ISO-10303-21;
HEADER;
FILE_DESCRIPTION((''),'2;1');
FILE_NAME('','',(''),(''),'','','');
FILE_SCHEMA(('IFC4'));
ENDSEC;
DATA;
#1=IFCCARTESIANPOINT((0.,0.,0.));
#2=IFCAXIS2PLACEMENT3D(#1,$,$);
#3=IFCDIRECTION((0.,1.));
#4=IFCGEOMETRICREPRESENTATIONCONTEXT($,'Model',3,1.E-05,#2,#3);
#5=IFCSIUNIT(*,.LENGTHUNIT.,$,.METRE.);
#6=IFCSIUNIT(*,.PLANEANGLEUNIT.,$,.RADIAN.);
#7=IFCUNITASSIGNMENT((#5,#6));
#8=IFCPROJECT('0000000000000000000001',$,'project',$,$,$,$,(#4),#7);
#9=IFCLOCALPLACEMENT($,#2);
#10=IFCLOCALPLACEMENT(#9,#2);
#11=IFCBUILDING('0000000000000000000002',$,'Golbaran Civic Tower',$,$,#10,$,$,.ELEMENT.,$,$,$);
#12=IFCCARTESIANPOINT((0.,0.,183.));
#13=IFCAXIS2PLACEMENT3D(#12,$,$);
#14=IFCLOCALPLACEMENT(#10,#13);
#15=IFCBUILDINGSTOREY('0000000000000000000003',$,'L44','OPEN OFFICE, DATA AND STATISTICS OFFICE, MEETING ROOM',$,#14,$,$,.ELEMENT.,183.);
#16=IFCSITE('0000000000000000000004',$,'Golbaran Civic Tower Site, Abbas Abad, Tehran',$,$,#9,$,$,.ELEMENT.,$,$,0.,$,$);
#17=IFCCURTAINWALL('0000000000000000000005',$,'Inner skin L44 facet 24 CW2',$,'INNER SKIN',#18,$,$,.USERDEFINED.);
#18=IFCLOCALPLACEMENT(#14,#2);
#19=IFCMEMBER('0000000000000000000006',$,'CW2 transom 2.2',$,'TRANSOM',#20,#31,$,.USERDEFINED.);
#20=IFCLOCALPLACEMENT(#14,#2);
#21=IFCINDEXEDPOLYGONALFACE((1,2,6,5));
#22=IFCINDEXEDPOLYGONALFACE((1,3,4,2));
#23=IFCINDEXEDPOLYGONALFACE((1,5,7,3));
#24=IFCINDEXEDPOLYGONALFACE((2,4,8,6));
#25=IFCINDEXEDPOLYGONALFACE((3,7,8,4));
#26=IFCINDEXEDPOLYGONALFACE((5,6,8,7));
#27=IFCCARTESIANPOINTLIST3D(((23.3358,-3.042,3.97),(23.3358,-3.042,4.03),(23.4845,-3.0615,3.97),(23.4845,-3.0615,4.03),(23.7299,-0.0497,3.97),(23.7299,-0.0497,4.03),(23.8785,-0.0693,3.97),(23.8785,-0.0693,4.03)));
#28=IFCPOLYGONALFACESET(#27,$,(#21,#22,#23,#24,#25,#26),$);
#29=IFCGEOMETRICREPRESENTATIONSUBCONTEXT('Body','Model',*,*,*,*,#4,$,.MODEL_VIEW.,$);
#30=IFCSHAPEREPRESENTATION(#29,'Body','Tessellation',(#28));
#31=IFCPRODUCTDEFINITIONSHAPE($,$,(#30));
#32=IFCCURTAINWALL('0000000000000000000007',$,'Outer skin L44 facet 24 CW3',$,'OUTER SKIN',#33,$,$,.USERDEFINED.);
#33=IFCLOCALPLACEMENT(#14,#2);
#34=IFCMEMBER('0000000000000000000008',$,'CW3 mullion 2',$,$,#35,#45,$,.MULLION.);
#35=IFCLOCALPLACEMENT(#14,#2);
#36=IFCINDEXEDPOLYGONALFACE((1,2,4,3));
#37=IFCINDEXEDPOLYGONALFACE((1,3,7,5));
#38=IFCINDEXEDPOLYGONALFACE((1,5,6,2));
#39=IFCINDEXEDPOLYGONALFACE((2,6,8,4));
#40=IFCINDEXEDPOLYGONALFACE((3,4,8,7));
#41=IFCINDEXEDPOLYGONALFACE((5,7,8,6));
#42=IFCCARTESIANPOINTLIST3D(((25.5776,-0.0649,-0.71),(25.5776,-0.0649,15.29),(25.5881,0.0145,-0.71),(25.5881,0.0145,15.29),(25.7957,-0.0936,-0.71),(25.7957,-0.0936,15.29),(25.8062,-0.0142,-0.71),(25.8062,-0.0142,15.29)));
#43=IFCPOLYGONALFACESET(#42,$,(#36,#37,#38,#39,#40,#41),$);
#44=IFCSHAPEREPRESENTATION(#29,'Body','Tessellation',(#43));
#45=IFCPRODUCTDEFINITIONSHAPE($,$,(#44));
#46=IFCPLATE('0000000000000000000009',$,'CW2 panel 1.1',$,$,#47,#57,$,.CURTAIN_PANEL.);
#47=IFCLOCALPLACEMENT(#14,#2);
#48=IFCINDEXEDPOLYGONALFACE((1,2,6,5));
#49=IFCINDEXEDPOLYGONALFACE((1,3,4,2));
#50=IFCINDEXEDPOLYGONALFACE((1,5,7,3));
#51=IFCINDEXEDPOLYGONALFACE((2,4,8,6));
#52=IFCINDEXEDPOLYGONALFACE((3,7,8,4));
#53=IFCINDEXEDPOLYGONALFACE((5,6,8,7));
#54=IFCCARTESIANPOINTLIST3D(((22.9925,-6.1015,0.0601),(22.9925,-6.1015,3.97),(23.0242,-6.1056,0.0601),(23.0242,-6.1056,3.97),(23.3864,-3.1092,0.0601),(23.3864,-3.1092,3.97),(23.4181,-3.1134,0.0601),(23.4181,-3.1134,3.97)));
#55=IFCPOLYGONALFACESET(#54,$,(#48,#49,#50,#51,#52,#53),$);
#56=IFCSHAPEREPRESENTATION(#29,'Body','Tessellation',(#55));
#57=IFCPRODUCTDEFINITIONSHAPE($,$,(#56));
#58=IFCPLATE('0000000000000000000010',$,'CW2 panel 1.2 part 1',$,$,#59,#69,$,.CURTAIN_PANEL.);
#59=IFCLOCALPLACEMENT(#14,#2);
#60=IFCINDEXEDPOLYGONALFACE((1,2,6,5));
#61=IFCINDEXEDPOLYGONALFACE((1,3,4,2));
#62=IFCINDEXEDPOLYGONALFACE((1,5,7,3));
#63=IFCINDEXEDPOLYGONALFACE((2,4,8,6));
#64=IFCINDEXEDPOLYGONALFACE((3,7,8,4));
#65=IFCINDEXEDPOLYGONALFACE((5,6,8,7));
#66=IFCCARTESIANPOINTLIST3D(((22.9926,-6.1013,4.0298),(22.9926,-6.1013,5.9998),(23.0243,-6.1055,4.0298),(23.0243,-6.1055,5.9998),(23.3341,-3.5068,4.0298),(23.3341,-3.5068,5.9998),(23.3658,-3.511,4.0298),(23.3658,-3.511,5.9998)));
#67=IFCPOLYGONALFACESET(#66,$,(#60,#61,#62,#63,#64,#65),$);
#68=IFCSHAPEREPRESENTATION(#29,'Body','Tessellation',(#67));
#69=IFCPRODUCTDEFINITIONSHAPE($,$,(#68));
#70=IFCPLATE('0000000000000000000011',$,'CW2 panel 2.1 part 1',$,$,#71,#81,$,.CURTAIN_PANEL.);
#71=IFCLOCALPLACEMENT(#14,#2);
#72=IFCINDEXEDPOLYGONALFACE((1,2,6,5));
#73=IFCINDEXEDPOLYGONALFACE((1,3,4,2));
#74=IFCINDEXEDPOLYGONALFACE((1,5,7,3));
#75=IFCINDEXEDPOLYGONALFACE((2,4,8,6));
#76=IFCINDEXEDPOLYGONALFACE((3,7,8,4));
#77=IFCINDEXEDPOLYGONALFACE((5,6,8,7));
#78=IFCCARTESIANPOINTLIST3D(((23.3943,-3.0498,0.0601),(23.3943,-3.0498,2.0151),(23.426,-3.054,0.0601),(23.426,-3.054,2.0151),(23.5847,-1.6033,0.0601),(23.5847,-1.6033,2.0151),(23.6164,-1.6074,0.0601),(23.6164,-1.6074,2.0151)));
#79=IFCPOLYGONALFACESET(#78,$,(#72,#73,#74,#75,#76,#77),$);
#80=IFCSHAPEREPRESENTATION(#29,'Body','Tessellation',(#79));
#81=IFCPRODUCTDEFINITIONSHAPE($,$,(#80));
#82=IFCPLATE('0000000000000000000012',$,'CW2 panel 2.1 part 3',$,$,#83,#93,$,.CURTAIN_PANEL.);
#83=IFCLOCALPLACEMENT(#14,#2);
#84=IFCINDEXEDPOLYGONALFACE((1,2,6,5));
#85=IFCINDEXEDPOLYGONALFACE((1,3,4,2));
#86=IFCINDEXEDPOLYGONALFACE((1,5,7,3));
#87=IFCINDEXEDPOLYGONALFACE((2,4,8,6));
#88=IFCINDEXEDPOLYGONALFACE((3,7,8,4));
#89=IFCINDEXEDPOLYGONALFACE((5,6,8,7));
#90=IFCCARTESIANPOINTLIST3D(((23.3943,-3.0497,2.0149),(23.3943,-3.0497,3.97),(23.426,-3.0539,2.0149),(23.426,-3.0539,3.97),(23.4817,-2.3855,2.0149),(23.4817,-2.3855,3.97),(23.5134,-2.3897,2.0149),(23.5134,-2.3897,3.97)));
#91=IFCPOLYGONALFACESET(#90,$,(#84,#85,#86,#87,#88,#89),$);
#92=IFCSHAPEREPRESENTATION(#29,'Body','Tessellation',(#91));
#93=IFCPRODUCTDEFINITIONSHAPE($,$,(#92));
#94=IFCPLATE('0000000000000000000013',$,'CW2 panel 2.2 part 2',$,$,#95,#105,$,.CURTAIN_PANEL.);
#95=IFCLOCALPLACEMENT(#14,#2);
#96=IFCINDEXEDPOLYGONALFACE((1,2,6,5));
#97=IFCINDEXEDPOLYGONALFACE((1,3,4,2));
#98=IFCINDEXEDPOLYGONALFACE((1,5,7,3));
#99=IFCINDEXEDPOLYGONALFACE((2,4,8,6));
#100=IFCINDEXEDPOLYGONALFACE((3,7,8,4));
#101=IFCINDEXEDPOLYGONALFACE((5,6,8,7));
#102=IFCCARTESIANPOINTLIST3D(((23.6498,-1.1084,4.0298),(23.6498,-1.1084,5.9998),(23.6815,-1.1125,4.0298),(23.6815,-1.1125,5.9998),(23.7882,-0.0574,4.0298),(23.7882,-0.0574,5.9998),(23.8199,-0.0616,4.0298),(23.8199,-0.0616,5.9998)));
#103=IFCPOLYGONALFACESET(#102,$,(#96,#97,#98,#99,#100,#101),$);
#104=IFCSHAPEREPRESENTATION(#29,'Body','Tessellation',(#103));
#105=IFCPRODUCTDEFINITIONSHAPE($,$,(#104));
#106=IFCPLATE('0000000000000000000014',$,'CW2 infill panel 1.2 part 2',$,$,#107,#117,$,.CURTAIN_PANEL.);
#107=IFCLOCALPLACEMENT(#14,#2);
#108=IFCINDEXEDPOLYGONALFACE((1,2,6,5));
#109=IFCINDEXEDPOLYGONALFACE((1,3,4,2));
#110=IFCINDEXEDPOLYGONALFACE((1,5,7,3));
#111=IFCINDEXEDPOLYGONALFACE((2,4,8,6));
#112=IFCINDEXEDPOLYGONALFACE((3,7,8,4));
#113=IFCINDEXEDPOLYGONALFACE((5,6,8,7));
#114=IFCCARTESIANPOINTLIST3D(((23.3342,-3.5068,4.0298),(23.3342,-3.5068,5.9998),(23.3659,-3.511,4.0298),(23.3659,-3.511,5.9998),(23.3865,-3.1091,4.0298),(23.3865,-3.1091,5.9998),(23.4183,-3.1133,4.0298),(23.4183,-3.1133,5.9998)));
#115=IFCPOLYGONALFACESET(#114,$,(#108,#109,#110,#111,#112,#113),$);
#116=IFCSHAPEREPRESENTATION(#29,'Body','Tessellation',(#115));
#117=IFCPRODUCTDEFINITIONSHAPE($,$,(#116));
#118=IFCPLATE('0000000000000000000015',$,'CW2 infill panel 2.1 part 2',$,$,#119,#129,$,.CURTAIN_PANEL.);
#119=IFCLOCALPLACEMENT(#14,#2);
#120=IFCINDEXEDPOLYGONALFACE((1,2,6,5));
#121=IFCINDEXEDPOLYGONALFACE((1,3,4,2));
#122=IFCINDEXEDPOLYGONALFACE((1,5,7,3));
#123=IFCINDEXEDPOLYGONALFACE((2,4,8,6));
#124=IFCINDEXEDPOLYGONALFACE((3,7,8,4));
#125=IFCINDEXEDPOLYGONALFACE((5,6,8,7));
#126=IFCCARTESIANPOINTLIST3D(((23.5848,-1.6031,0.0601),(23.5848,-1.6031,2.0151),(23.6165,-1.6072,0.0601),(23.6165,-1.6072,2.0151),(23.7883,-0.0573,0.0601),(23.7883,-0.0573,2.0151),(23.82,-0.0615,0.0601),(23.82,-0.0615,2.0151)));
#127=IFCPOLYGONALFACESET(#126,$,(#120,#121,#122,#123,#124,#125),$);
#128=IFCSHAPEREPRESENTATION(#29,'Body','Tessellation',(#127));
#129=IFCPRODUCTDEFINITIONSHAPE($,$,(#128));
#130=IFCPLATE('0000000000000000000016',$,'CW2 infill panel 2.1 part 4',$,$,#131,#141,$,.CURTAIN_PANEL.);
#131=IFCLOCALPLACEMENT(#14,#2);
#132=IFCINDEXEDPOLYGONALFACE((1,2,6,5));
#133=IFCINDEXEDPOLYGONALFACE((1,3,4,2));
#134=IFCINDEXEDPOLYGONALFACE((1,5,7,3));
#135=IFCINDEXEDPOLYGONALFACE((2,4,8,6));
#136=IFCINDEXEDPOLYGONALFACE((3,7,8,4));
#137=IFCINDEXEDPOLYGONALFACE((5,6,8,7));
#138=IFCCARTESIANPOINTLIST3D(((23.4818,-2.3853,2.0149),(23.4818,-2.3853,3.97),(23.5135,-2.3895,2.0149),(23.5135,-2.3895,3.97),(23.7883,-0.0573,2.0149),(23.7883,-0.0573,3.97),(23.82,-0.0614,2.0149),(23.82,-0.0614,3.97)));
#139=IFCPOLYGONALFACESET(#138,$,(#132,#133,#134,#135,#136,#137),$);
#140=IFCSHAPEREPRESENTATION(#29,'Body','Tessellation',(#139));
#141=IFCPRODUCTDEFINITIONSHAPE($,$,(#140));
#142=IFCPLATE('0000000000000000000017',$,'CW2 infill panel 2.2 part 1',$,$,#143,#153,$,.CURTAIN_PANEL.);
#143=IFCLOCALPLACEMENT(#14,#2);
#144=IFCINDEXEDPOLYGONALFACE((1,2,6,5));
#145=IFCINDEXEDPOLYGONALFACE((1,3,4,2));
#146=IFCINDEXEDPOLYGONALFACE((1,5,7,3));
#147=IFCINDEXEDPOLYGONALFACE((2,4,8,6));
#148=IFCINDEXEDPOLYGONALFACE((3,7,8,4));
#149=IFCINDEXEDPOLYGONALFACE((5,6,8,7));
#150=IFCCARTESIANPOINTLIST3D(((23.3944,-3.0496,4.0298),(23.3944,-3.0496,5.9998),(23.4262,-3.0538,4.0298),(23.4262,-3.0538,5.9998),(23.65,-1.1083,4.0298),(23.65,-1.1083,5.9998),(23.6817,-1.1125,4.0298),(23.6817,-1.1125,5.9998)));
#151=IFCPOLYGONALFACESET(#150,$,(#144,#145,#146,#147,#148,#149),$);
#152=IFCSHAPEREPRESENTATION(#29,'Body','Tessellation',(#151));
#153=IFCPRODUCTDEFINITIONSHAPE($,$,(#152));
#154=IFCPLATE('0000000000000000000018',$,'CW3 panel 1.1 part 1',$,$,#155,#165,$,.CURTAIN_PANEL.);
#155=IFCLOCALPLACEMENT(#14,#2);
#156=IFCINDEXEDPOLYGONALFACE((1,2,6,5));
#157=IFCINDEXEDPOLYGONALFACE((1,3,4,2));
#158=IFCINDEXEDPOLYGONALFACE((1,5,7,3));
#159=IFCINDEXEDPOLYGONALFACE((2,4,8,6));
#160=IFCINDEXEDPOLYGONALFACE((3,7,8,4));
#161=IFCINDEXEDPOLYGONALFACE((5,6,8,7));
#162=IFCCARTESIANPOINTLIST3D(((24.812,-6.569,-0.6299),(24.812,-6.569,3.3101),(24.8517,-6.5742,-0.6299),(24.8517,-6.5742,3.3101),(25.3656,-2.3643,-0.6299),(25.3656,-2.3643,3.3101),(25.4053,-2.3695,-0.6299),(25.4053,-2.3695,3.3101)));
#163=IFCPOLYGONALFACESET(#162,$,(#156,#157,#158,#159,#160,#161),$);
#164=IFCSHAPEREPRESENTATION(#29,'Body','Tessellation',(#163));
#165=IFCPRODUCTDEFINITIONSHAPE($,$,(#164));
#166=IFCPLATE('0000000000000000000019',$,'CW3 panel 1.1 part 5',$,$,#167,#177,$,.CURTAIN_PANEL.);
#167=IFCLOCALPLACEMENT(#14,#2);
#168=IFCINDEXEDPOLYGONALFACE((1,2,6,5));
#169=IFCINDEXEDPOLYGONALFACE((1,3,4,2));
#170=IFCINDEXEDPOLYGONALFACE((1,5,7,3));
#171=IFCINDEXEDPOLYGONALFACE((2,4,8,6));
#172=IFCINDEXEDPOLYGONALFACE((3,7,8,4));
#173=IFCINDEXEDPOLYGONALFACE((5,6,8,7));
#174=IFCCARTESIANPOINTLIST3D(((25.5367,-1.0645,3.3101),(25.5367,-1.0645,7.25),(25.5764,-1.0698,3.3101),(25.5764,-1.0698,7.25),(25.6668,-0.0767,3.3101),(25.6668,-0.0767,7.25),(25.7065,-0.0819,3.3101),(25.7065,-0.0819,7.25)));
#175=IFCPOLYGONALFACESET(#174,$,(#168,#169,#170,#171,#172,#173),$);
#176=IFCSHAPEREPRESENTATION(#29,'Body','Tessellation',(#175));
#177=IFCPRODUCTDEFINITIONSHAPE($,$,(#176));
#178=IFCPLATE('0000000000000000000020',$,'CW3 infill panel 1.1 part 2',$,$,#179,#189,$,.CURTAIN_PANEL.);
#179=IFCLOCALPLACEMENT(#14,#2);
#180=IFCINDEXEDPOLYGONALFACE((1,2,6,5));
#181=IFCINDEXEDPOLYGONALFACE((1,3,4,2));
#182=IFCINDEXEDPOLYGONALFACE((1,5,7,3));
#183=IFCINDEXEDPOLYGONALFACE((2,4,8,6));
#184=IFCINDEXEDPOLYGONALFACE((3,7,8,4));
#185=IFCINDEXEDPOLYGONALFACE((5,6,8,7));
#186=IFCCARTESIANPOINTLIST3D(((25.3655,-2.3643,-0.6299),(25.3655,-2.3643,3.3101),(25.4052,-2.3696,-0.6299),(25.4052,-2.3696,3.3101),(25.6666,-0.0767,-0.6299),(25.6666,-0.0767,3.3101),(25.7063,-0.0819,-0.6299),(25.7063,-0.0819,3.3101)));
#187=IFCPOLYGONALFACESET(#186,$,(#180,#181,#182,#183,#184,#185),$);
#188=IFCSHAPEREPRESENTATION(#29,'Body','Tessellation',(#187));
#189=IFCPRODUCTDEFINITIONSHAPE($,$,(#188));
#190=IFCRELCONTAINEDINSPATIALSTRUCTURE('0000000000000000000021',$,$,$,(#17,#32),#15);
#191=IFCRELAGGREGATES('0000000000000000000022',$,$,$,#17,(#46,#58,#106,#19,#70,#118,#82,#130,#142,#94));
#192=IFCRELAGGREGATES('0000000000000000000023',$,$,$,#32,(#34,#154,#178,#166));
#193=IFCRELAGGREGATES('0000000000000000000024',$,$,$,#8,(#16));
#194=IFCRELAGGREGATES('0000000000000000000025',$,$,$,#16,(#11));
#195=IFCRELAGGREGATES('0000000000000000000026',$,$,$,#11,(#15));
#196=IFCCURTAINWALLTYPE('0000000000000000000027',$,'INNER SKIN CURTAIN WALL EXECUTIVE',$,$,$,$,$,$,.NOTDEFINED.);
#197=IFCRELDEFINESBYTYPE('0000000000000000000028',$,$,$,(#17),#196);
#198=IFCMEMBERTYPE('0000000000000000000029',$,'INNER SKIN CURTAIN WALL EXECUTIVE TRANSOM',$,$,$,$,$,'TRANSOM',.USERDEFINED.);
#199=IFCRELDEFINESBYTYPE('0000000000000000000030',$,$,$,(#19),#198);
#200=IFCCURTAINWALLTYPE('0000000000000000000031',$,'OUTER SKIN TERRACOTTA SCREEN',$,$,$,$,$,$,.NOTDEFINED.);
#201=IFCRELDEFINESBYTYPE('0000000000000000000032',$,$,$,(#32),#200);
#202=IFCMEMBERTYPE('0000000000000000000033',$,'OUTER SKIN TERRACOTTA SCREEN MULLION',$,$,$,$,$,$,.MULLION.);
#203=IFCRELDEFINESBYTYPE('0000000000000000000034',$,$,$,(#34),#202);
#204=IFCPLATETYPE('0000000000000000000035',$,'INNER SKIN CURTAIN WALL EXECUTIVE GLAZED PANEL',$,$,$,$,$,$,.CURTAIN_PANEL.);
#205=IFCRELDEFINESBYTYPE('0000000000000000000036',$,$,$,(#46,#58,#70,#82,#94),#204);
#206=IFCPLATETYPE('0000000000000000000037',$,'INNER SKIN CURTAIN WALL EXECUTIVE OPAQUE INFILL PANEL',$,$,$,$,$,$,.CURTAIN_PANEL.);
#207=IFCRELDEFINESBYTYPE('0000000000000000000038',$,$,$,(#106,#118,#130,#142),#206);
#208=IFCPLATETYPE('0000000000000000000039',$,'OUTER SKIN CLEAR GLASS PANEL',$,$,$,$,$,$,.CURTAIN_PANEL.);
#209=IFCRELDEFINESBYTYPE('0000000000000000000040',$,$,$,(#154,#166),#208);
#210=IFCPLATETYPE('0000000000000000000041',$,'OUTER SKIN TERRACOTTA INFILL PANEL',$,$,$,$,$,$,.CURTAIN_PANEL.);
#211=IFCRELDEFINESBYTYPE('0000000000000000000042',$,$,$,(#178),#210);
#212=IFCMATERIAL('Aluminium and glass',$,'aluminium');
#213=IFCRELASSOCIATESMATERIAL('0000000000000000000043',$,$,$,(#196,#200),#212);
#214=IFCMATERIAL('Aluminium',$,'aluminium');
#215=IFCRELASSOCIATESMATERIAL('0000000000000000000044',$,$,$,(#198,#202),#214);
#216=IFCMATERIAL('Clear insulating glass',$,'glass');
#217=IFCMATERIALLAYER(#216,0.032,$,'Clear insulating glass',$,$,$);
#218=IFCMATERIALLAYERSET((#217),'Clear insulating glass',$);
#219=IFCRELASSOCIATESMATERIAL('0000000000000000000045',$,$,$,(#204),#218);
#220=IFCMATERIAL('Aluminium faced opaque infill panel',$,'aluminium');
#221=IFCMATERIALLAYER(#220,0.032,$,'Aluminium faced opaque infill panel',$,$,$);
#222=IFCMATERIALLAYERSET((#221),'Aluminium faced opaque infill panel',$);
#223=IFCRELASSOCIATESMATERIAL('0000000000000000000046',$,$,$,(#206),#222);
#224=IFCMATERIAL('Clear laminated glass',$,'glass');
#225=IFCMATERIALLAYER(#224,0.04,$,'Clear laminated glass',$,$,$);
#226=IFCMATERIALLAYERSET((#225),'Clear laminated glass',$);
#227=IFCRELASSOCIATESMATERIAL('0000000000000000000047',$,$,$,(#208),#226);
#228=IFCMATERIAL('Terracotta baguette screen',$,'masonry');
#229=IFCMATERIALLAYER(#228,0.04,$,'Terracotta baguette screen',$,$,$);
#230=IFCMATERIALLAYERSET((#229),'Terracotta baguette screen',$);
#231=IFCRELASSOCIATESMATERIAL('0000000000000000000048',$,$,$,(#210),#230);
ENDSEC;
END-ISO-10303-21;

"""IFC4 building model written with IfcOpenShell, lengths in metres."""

from ifc_helpers import new_model, si_unit, direction, frame, origin, origin_2d, place, context, subcontext, project, spatial, rectangle, extrude, material, layer, layer_set, material_profile, profile_set, type_object, element, aggregate, save


model = new_model("IFC4")

# Units and contexts
model_context = context("Model", 3, precision=1e-05, world=origin(), true_north=direction((0.0, 1.0)))
body_context = subcontext(model_context, "Body", "Model", "MODEL_VIEW")
ifc_project = project(units=[si_unit("LENGTHUNIT", "METRE"), si_unit("PLANEANGLEUNIT", "RADIAN")], contexts=[model_context])

# Site, building, storey
site_placement = place(None, origin())
site = spatial("IfcSite", under=ifc_project, at=site_placement, Name="Golbaran Civic Tower Site, Abbas Abad, Tehran", CompositionType="ELEMENT", RefElevation=0.0)
building_placement = place(site_placement, origin())
building = spatial("IfcBuilding", under=site, at=building_placement, Name="Golbaran Civic Tower", CompositionType="ELEMENT")
storey_placement = place(building_placement, frame((0.0, 0.0, 183.0)))
storey = spatial("IfcBuildingStorey", under=building, at=storey_placement, Name="L44", Description="OPEN OFFICE, DATA AND STATISTICS OFFICE, MEETING ROOM", CompositionType="ELEMENT", Elevation=183.0)

# Curtain wall, member
ifc_material_1 = material(Name="Aluminium and glass", Category="aluminium")
curtain_wall_type_1 = type_object("IfcCurtainWallType", Name="INNER SKIN CURTAIN WALL EXECUTIVE", PredefinedType="NOTDEFINED", material=ifc_material_1)
curtain_wall_1_placement = place(storey_placement, origin())
curtain_wall_1 = element("IfcCurtainWall", 1, at=curtain_wall_1_placement, inside=storey, type_object=curtain_wall_type_1, Name="Inner skin L44 facet 24 CW2", ObjectType="INNER SKIN", PredefinedType="USERDEFINED")
ifc_material_2 = material(Name="Aluminium", Category="aluminium")
ifc_material_profile_1 = material_profile(ifc_material_2, rectangle(XDim=0.1499, YDim=0.0601, at=origin_2d()), Name="INNER SKIN CURTAIN WALL EXECUTIVE TRANSOM")
ifc_profile_set_1 = profile_set([ifc_material_profile_1], Name="Aluminium")
member_type_1 = type_object("IfcMemberType", Name="INNER SKIN CURTAIN WALL EXECUTIVE TRANSOM", ElementType="TRANSOM", PredefinedType="USERDEFINED", material=ifc_profile_set_1)
member_1_placement = place(storey_placement, frame((23.4102, -3.0518, 4.0), z_axis=(0.130563, 0.99144, 0.0), x_axis=(-0.99144, 0.130563, 0.0)))
member_1 = element("IfcMember", 2, at=member_1_placement, type_object=member_type_1, Name="CW2 transom 2.2", ObjectType="TRANSOM", PredefinedType="USERDEFINED", context=body_context, shape_type="SweptSolid", body=[
    extrude(rectangle(XDim=0.1499, YDim=0.0601, at=origin_2d()), origin(), (0.0, 0.0, 1.0), 3.0181),
])

# Curtain wall, member
curtain_wall_type_2 = type_object("IfcCurtainWallType", Name="OUTER SKIN TERRACOTTA SCREEN", PredefinedType="NOTDEFINED", material=ifc_material_1)
curtain_wall_2_placement = place(storey_placement, origin())
curtain_wall_2 = element("IfcCurtainWall", 3, at=curtain_wall_2_placement, inside=storey, type_object=curtain_wall_type_2, Name="Outer skin L44 facet 24 CW3", ObjectType="OUTER SKIN", PredefinedType="USERDEFINED")
ifc_material_profile_2 = material_profile(ifc_material_2, rectangle(XDim=0.22, YDim=0.0801, at=origin_2d()), Name="OUTER SKIN TERRACOTTA SCREEN MULLION")
ifc_profile_set_2 = profile_set([ifc_material_profile_2], Name="Aluminium")
member_type_2 = type_object("IfcMemberType", Name="OUTER SKIN TERRACOTTA SCREEN MULLION", PredefinedType="MULLION", material=ifc_profile_set_2)
member_2_placement = place(storey_placement, frame((25.6919, -0.0396, -0.71), z_axis=(0.0, 0.0, 1.0), x_axis=(-0.991445, 0.130526, 0.0)))
member_2 = element("IfcMember", 4, at=member_2_placement, type_object=member_type_2, Name="CW3 mullion 2", PredefinedType="MULLION", context=body_context, shape_type="SweptSolid", body=[
    extrude(rectangle(XDim=0.22, YDim=0.0801, at=origin_2d()), origin(), (0.0, 0.0, 1.0), 16.0),
])

# Plates
ifc_material_3 = material(Name="Clear insulating glass", Category="glass")
ifc_layer_1 = layer(ifc_material_3, 0.032, Name="Clear insulating glass")
ifc_layer_set_1 = layer_set([ifc_layer_1], Name="Clear insulating glass")
plate_type_1 = type_object("IfcPlateType", Name="INNER SKIN CURTAIN WALL EXECUTIVE GLAZED PANEL", PredefinedType="CURTAIN_PANEL", material=ifc_layer_set_1)
plate_1_placement = place(storey_placement, frame((23.2053, -4.6074, 0.0601), z_axis=(0.0, 0.0, 1.0), x_axis=(0.130526, 0.991445, 0.0)))
plate_1 = element("IfcPlate", 5, at=plate_1_placement, type_object=plate_type_1, Name="CW2 panel 1.1", PredefinedType="CURTAIN_PANEL", context=body_context, shape_type="SweptSolid", body=[
    extrude(rectangle(XDim=3.0181, YDim=0.032, at=origin_2d()), origin(), (0.0, 0.0, 1.0), 3.9099),
])
plate_2_placement = place(storey_placement, frame((23.1792, -4.8062, 4.0298), z_axis=(0.0, 0.0, 1.0), x_axis=(0.130526, 0.991445, 0.0)))
plate_2 = element("IfcPlate", 6, at=plate_2_placement, type_object=plate_type_1, Name="CW2 panel 1.2 part 1", PredefinedType="CURTAIN_PANEL", context=body_context, shape_type="SweptSolid", body=[
    extrude(rectangle(XDim=2.6169, YDim=0.032, at=origin_2d()), origin(), (0.0, 0.0, 1.0), 1.97),
])
plate_3_placement = place(storey_placement, frame((23.5054, -2.3286, 0.0601), z_axis=(0.0, 0.0, 1.0), x_axis=(0.130526, 0.991445, 0.0)))
plate_3 = element("IfcPlate", 7, at=plate_3_placement, type_object=plate_type_1, Name="CW2 panel 2.1 part 1", PredefinedType="CURTAIN_PANEL", context=body_context, shape_type="SweptSolid", body=[
    extrude(rectangle(XDim=1.459, YDim=0.032, at=origin_2d()), origin(), (0.0, 0.0, 1.0), 1.9551),
])
plate_4_placement = place(storey_placement, frame((23.4539, -2.7197, 2.0149), z_axis=(0.0, 0.0, 1.0), x_axis=(0.130526, 0.991445, 0.0)))
plate_4 = element("IfcPlate", 8, at=plate_4_placement, type_object=plate_type_1, Name="CW2 panel 2.1 part 3", PredefinedType="CURTAIN_PANEL", context=body_context, shape_type="SweptSolid", body=[
    extrude(rectangle(XDim=0.6699, YDim=0.032, at=origin_2d()), origin(), (0.0, 0.0, 1.0), 1.9551),
])
plate_5_placement = place(storey_placement, frame((23.7349, -0.585, 4.0298), z_axis=(0.0, 0.0, 1.0), x_axis=(0.130526, 0.991445, 0.0)))
plate_5 = element("IfcPlate", 9, at=plate_5_placement, type_object=plate_type_1, Name="CW2 panel 2.2 part 2", PredefinedType="CURTAIN_PANEL", context=body_context, shape_type="SweptSolid", body=[
    extrude(rectangle(XDim=1.0601, YDim=0.032, at=origin_2d()), origin(), (0.0, 0.0, 1.0), 1.97),
])
ifc_material_4 = material(Name="Aluminium faced opaque infill panel", Category="aluminium")
ifc_layer_2 = layer(ifc_material_4, 0.032, Name="Aluminium faced opaque infill panel")
ifc_layer_set_2 = layer_set([ifc_layer_2], Name="Aluminium faced opaque infill panel")
plate_type_2 = type_object("IfcPlateType", Name="INNER SKIN CURTAIN WALL EXECUTIVE OPAQUE INFILL PANEL", PredefinedType="CURTAIN_PANEL", material=ifc_layer_set_2)
plate_6_placement = place(storey_placement, frame((23.3762, -3.3101, 4.0298), z_axis=(0.0, 0.0, 1.0), x_axis=(0.130526, 0.991445, 0.0)))
plate_6 = element("IfcPlate", 10, at=plate_6_placement, type_object=plate_type_2, Name="CW2 infill panel 1.2 part 2", PredefinedType="CURTAIN_PANEL", context=body_context, shape_type="SweptSolid", body=[
    extrude(rectangle(XDim=0.4011, YDim=0.032, at=origin_2d()), origin(), (0.0, 0.0, 1.0), 1.97),
])
plate_7_placement = place(storey_placement, frame((23.7024, -0.8323, 0.0601), z_axis=(0.0, 0.0, 1.0), x_axis=(0.130526, 0.991445, 0.0)))
plate_7 = element("IfcPlate", 11, at=plate_7_placement, type_object=plate_type_2, Name="CW2 infill panel 2.1 part 2", PredefinedType="CURTAIN_PANEL", context=body_context, shape_type="SweptSolid", body=[
    extrude(rectangle(XDim=1.5591, YDim=0.032, at=origin_2d()), origin(), (0.0, 0.0, 1.0), 1.9551),
])
plate_8_placement = place(storey_placement, frame((23.6509, -1.2234, 2.0149), z_axis=(0.0, 0.0, 1.0), x_axis=(0.130526, 0.991445, 0.0)))
plate_8 = element("IfcPlate", 12, at=plate_8_placement, type_object=plate_type_2, Name="CW2 infill panel 2.1 part 4", PredefinedType="CURTAIN_PANEL", context=body_context, shape_type="SweptSolid", body=[
    extrude(rectangle(XDim=2.3481, YDim=0.032, at=origin_2d()), origin(), (0.0, 0.0, 1.0), 1.9551),
])
plate_9_placement = place(storey_placement, frame((23.5381, -2.0811, 4.0298), z_axis=(0.0, 0.0, 1.0), x_axis=(0.130526, 0.991445, 0.0)))
plate_9 = element("IfcPlate", 13, at=plate_9_placement, type_object=plate_type_2, Name="CW2 infill panel 2.2 part 1", PredefinedType="CURTAIN_PANEL", context=body_context, shape_type="SweptSolid", body=[
    extrude(rectangle(XDim=1.958, YDim=0.032, at=origin_2d()), origin(), (0.0, 0.0, 1.0), 1.97),
])
aggregate(curtain_wall_1, [plate_1, plate_2, plate_6, member_1, plate_3, plate_7, plate_4, plate_8, plate_9, plate_5])
ifc_material_5 = material(Name="Clear laminated glass", Category="glass")
ifc_layer_3 = layer(ifc_material_5, 0.04, Name="Clear laminated glass")
ifc_layer_set_3 = layer_set([ifc_layer_3], Name="Clear laminated glass")
plate_type_3 = type_object("IfcPlateType", Name="OUTER SKIN CLEAR GLASS PANEL", PredefinedType="CURTAIN_PANEL", material=ifc_layer_set_3)
plate_10_placement = place(storey_placement, frame((25.1086, -4.4692, -0.6299), z_axis=(0.0, 0.0, 1.0), x_axis=(0.130526, 0.991445, 0.0)))
plate_10 = element("IfcPlate", 14, at=plate_10_placement, type_object=plate_type_3, Name="CW3 panel 1.1 part 1", PredefinedType="CURTAIN_PANEL", context=body_context, shape_type="SweptSolid", body=[
    extrude(rectangle(XDim=4.241, YDim=0.04, at=origin_2d()), origin(), (0.0, 0.0, 1.0), 3.9399),
])
plate_11_placement = place(storey_placement, frame((25.6216, -0.5732, 3.3101), z_axis=(0.0, 0.0, 1.0), x_axis=(0.130526, 0.991445, 0.0)))
plate_11 = element("IfcPlate", 15, at=plate_11_placement, type_object=plate_type_3, Name="CW3 panel 1.1 part 5", PredefinedType="CURTAIN_PANEL", context=body_context, shape_type="SweptSolid", body=[
    extrude(rectangle(XDim=0.9963, YDim=0.04, at=origin_2d()), origin(), (0.0, 0.0, 1.0), 3.9399),
])
ifc_material_6 = material(Name="Terracotta baguette screen", Category="masonry")
ifc_layer_4 = layer(ifc_material_6, 0.04, Name="Terracotta baguette screen")
ifc_layer_set_4 = layer_set([ifc_layer_4], Name="Terracotta baguette screen")
plate_type_4 = type_object("IfcPlateType", Name="OUTER SKIN TERRACOTTA INFILL PANEL", PredefinedType="CURTAIN_PANEL", material=ifc_layer_set_4)
plate_12_placement = place(storey_placement, frame((25.5359, -1.2231, -0.6299), z_axis=(0.0, 0.0, 1.0), x_axis=(0.130526, 0.991445, 0.0)))
plate_12 = element("IfcPlate", 16, at=plate_12_placement, type_object=plate_type_4, Name="CW3 infill panel 1.1 part 2", PredefinedType="CURTAIN_PANEL", context=body_context, shape_type="SweptSolid", body=[
    extrude(rectangle(XDim=2.3074, YDim=0.04, at=origin_2d()), origin(), (0.0, 0.0, 1.0), 3.9399),
])
aggregate(curtain_wall_2, [member_2, plate_10, plate_12, plate_11])

save(model, "model.ifc")
